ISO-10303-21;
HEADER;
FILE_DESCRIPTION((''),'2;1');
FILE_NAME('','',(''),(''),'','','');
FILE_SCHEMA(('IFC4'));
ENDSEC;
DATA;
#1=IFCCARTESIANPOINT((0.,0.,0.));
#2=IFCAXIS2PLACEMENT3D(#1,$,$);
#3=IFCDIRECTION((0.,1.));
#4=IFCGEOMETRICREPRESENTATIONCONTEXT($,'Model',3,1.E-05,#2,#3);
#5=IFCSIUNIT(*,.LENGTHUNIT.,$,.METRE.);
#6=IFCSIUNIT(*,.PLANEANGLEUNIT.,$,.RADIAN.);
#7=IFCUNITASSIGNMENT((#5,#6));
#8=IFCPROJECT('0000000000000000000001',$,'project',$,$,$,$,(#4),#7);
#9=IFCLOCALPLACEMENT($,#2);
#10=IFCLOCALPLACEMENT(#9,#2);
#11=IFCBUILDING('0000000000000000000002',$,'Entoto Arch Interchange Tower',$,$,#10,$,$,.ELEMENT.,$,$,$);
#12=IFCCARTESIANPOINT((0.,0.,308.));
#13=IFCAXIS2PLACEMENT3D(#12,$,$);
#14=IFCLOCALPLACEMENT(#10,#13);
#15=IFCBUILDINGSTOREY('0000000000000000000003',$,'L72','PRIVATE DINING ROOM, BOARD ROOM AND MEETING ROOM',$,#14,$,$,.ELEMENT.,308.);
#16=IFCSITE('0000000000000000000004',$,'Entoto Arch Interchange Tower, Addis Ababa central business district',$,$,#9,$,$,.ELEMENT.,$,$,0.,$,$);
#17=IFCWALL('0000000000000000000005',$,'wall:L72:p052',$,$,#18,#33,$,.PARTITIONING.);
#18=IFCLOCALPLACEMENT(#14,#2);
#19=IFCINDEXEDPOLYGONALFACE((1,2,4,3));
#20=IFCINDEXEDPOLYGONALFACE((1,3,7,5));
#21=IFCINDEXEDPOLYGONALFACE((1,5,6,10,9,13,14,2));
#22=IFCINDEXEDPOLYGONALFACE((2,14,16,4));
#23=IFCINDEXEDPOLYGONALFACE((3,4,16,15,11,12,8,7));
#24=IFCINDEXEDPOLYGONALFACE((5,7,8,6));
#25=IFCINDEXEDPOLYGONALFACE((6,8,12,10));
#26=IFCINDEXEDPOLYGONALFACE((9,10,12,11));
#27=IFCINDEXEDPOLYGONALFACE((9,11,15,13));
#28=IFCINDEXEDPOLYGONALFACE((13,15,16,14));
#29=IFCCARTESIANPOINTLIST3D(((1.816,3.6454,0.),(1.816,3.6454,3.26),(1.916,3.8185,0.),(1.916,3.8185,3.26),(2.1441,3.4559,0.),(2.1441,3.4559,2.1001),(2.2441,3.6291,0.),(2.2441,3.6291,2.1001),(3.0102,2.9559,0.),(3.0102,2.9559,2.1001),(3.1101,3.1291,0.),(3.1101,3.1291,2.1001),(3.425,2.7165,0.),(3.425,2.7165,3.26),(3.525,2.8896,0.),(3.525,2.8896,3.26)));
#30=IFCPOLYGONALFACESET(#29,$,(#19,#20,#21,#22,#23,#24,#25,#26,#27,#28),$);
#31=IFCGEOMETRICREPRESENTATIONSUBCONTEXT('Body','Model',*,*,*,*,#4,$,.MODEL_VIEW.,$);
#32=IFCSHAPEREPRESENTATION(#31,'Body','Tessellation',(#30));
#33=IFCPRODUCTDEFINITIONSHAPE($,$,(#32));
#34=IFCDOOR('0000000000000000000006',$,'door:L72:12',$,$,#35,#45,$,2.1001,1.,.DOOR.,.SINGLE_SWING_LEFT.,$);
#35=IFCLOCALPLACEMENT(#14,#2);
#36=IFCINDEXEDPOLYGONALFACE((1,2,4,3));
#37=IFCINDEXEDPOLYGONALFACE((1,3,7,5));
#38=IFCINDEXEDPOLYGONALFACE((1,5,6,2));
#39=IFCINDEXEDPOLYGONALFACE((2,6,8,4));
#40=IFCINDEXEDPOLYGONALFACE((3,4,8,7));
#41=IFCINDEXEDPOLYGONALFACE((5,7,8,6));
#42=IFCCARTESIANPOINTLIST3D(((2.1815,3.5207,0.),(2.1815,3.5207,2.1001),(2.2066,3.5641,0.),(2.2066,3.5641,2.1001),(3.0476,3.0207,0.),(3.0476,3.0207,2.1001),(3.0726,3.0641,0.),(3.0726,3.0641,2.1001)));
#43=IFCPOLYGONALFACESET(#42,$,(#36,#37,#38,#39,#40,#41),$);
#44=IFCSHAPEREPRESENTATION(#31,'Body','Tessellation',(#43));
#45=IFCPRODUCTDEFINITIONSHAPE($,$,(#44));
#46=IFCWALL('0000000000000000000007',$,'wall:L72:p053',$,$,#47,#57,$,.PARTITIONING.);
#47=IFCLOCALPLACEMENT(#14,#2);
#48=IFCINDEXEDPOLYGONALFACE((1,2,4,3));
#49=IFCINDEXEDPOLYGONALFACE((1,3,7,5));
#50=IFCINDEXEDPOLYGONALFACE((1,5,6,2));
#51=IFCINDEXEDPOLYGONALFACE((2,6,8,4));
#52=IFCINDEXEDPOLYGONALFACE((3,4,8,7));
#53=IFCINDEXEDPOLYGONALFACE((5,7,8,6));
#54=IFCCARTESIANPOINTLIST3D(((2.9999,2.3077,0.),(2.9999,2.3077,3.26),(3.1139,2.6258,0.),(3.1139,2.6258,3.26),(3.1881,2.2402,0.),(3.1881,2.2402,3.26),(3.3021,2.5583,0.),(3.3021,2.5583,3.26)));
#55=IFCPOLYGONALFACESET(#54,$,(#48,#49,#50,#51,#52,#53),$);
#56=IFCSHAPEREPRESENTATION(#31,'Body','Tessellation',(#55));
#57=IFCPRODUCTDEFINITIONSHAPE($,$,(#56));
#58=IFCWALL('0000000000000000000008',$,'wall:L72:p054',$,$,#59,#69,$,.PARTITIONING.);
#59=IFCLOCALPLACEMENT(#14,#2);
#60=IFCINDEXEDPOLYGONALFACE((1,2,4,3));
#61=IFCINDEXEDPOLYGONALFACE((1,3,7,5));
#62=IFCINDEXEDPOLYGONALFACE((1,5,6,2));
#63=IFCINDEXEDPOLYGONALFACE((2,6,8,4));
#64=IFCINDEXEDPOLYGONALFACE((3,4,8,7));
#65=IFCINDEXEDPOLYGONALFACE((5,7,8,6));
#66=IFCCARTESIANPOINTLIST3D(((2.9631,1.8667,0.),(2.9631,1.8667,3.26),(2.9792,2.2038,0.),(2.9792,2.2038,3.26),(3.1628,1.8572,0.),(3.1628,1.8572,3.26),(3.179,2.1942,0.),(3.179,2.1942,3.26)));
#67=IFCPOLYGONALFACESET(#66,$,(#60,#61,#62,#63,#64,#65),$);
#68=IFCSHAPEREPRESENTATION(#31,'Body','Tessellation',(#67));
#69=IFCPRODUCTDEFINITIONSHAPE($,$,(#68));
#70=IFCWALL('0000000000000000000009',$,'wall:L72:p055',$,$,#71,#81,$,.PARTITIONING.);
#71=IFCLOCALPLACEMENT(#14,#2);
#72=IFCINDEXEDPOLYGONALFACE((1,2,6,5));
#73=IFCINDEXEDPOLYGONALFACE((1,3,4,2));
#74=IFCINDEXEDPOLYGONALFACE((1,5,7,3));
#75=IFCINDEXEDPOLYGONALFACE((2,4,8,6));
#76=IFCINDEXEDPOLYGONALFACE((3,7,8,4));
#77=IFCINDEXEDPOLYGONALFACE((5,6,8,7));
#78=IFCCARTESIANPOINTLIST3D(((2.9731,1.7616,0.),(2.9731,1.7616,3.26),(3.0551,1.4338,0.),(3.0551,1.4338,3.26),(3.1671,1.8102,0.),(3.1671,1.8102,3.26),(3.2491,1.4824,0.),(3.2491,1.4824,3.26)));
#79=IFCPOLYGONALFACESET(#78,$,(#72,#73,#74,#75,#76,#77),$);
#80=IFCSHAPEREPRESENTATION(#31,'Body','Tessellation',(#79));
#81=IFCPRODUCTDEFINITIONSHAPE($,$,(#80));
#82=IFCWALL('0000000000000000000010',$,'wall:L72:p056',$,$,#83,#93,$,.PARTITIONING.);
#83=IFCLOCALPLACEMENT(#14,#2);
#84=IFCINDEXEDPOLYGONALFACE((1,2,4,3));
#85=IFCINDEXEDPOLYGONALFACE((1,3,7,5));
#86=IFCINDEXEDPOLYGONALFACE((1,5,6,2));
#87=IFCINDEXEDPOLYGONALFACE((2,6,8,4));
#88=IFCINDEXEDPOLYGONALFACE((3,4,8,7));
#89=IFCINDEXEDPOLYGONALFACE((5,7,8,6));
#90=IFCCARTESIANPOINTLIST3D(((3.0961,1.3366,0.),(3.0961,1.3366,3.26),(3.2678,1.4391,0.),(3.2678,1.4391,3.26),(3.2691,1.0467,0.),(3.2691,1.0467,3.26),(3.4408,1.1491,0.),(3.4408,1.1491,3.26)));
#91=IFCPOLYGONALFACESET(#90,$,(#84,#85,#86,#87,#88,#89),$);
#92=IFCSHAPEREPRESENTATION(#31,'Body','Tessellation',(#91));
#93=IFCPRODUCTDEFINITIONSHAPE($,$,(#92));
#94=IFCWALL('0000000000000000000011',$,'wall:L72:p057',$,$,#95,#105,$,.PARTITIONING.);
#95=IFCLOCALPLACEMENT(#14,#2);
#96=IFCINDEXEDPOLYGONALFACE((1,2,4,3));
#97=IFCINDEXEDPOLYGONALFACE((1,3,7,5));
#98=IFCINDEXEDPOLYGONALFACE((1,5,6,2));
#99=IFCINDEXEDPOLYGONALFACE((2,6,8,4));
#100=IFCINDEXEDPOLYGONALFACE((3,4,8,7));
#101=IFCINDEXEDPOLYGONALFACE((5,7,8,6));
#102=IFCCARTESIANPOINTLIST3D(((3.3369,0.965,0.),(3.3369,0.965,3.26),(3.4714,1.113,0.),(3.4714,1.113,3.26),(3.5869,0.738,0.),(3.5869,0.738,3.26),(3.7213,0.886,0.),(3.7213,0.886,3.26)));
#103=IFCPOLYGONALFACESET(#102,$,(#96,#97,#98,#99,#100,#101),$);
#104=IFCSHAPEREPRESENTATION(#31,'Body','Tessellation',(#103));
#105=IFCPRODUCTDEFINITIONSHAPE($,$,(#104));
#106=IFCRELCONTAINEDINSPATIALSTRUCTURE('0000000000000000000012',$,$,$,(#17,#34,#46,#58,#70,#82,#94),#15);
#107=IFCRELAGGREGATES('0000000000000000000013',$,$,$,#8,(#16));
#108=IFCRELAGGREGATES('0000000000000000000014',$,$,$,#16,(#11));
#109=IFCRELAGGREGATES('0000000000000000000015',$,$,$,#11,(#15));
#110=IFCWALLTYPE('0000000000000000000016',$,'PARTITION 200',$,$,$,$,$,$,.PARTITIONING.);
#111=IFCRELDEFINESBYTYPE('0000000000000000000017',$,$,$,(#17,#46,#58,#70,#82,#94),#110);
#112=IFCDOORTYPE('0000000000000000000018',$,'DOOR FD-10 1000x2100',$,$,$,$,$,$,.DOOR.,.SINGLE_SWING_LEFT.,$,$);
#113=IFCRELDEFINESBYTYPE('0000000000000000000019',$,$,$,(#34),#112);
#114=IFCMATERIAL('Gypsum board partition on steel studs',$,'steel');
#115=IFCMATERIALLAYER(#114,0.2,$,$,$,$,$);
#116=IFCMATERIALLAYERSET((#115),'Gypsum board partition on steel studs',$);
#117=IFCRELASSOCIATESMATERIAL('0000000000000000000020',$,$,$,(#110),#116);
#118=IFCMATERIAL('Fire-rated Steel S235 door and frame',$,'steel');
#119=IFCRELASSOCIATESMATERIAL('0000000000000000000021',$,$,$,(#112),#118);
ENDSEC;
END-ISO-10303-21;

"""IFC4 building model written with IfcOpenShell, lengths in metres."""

from ifc_helpers import new_model, si_unit, direction, frame, frame_2d, origin, place, context, subcontext, project, spatial, rectangle, extrude, material, layer, layer_set, type_object, element, fill, save


model = new_model("IFC4")

# Units and contexts
model_context = context("Model", 3, precision=1e-05, world=origin(), true_north=direction((0.0, 1.0)))
body_context = subcontext(model_context, "Body", "Model", "MODEL_VIEW")
ifc_project = project(units=[si_unit("LENGTHUNIT", "METRE"), si_unit("PLANEANGLEUNIT", "RADIAN")], contexts=[model_context])

# Site, building, storey
site_placement = place(None, origin())
site = spatial("IfcSite", under=ifc_project, at=site_placement, Name="Entoto Arch Interchange Tower, Addis Ababa central business district", CompositionType="ELEMENT", RefElevation=0.0)
building_placement = place(site_placement, origin())
building = spatial("IfcBuilding", under=site, at=building_placement, Name="Entoto Arch Interchange Tower", CompositionType="ELEMENT")
storey_placement = place(building_placement, frame((0.0, 0.0, 308.0)))
storey = spatial("IfcBuildingStorey", under=building, at=storey_placement, Name="L72", Description="PRIVATE DINING ROOM, BOARD ROOM AND MEETING ROOM", CompositionType="ELEMENT", Elevation=308.0)

# Shared definitions
ifc_material_1 = material(Name="Gypsum board partition on steel studs", Category="steel")
ifc_layer_1 = layer(ifc_material_1, 0.2)
ifc_layer_set_1 = layer_set([ifc_layer_1], Name="Gypsum board partition on steel studs")
wall_type = type_object("IfcWallType", Name="PARTITION 200", PredefinedType="PARTITIONING", material=ifc_layer_set_1)

# Wall, opening, door
wall_1_placement = place(storey_placement, frame((1.866, 3.7319, 0.0), z_axis=(0.0, 0.0, 1.0), x_axis=(0.866043, -0.499969, 0.0)))
wall_1 = element("IfcWall", 1, at=wall_1_placement, inside=storey, type_object=wall_type, Name="wall:L72:p052", PredefinedType="PARTITIONING", context=body_context, shape_type="SweptSolid", body=[
    extrude(rectangle(XDim=1.8579, YDim=0.2, at=frame_2d((0.929, 0.0))), origin(), (0.0, 0.0, 1.0), 3.26),
])
opening_placement = place(wall_1_placement, frame((0.3789, 0.0, 0.0)))
opening = element("IfcOpeningElement", 2, at=opening_placement, cuts=wall_1, PredefinedType="OPENING", context=body_context, shape_type="SweptSolid", body=[
    extrude(rectangle(XDim=1.0, YDim=2.1001, at=frame_2d((0.5, 1.05))), frame((0.0, 0.1099, 0.0), z_axis=(0.0, -1.0, 0.0), x_axis=(1.0, 0.0, 0.0)), (0.0, 0.0, 1.0), 0.22),
])
ifc_material_2 = material(Name="Fire-rated Steel S235 door and frame", Category="steel")
door_type = type_object("IfcDoorType", Name="DOOR FD-10 1000x2100", OperationType="SINGLE_SWING_LEFT", PredefinedType="DOOR", material=ifc_material_2)
door_placement = place(opening_placement, origin())
door = element("IfcDoor", 3, at=door_placement, inside=storey, type_object=door_type, Name="door:L72:12", OperationType="SINGLE_SWING_LEFT", OverallHeight=2.1001, OverallWidth=1.0, PredefinedType="DOOR", context=body_context, shape_type="SweptSolid", body=[
    extrude(rectangle(XDim=1.0, YDim=2.1001, at=frame_2d((0.5, 1.05))), frame((0.0, 0.0249, 0.0), z_axis=(0.0, -1.0, 0.0), x_axis=(1.0, 0.0, 0.0)), (0.0, 0.0, 1.0), 0.05),
])
fill(opening, door)

# Walls
wall_2_placement = place(storey_placement, frame((3.208, 2.592, 0.0), z_axis=(0.0, 0.0, 1.0), x_axis=(-0.337389, -0.941365, 0.0)))
element("IfcWall", 4, at=wall_2_placement, inside=storey, type_object=wall_type, Name="wall:L72:p053", PredefinedType="PARTITIONING", context=body_context, shape_type="SweptSolid", body=[
    extrude(rectangle(XDim=0.3379, YDim=0.2, at=frame_2d((0.1689, 0.0))), origin(), (0.0, 0.0, 1.0), 3.26),
])
wall_3_placement = place(storey_placement, frame((3.0791, 2.199, 0.0), z_axis=(0.0, 0.0, 1.0), x_axis=(-0.047771, -0.998858, 0.0)))
element("IfcWall", 5, at=wall_3_placement, inside=storey, type_object=wall_type, Name="wall:L72:p054", PredefinedType="PARTITIONING", context=body_context, shape_type="SweptSolid", body=[
    extrude(rectangle(XDim=0.3374, YDim=0.2, at=frame_2d((0.1687, 0.0))), origin(), (0.0, 0.0, 1.0), 3.26),
])
wall_4_placement = place(storey_placement, frame((3.0701, 1.7859, 0.0), z_axis=(0.0, 0.0, 1.0), x_axis=(0.242706, -0.9701, 0.0)))
element("IfcWall", 6, at=wall_4_placement, inside=storey, type_object=wall_type, Name="wall:L72:p055", PredefinedType="PARTITIONING", context=body_context, shape_type="SweptSolid", body=[
    extrude(rectangle(XDim=0.3379, YDim=0.2, at=frame_2d((0.1689, 0.0))), origin(), (0.0, 0.0, 1.0), 3.26),
])
for number, where, z_axis, x_axis, name in (
    (7, (3.1819, 1.3879, 0.0), (0.0, 0.0, 1.0), (0.512475, -0.858702, 0.0), "wall:L72:p056"),
    (8, (3.4041, 1.0391, 0.0), (0.0, 0.0, 1.0), (0.740267, -0.672313, 0.0), "wall:L72:p057"),
):
    element("IfcWall", number, at=place(storey_placement, frame(where, z_axis=z_axis, x_axis=x_axis)), inside=storey, type_object=wall_type, Name=name, PredefinedType="PARTITIONING", context=body_context, shape_type="SweptSolid", body=[
        extrude(rectangle(XDim=0.3376, YDim=0.2, at=frame_2d((0.1689, 0.0))), origin(), (0.0, 0.0, 1.0), 3.26),
    ])

save(model, "model.ifc")
